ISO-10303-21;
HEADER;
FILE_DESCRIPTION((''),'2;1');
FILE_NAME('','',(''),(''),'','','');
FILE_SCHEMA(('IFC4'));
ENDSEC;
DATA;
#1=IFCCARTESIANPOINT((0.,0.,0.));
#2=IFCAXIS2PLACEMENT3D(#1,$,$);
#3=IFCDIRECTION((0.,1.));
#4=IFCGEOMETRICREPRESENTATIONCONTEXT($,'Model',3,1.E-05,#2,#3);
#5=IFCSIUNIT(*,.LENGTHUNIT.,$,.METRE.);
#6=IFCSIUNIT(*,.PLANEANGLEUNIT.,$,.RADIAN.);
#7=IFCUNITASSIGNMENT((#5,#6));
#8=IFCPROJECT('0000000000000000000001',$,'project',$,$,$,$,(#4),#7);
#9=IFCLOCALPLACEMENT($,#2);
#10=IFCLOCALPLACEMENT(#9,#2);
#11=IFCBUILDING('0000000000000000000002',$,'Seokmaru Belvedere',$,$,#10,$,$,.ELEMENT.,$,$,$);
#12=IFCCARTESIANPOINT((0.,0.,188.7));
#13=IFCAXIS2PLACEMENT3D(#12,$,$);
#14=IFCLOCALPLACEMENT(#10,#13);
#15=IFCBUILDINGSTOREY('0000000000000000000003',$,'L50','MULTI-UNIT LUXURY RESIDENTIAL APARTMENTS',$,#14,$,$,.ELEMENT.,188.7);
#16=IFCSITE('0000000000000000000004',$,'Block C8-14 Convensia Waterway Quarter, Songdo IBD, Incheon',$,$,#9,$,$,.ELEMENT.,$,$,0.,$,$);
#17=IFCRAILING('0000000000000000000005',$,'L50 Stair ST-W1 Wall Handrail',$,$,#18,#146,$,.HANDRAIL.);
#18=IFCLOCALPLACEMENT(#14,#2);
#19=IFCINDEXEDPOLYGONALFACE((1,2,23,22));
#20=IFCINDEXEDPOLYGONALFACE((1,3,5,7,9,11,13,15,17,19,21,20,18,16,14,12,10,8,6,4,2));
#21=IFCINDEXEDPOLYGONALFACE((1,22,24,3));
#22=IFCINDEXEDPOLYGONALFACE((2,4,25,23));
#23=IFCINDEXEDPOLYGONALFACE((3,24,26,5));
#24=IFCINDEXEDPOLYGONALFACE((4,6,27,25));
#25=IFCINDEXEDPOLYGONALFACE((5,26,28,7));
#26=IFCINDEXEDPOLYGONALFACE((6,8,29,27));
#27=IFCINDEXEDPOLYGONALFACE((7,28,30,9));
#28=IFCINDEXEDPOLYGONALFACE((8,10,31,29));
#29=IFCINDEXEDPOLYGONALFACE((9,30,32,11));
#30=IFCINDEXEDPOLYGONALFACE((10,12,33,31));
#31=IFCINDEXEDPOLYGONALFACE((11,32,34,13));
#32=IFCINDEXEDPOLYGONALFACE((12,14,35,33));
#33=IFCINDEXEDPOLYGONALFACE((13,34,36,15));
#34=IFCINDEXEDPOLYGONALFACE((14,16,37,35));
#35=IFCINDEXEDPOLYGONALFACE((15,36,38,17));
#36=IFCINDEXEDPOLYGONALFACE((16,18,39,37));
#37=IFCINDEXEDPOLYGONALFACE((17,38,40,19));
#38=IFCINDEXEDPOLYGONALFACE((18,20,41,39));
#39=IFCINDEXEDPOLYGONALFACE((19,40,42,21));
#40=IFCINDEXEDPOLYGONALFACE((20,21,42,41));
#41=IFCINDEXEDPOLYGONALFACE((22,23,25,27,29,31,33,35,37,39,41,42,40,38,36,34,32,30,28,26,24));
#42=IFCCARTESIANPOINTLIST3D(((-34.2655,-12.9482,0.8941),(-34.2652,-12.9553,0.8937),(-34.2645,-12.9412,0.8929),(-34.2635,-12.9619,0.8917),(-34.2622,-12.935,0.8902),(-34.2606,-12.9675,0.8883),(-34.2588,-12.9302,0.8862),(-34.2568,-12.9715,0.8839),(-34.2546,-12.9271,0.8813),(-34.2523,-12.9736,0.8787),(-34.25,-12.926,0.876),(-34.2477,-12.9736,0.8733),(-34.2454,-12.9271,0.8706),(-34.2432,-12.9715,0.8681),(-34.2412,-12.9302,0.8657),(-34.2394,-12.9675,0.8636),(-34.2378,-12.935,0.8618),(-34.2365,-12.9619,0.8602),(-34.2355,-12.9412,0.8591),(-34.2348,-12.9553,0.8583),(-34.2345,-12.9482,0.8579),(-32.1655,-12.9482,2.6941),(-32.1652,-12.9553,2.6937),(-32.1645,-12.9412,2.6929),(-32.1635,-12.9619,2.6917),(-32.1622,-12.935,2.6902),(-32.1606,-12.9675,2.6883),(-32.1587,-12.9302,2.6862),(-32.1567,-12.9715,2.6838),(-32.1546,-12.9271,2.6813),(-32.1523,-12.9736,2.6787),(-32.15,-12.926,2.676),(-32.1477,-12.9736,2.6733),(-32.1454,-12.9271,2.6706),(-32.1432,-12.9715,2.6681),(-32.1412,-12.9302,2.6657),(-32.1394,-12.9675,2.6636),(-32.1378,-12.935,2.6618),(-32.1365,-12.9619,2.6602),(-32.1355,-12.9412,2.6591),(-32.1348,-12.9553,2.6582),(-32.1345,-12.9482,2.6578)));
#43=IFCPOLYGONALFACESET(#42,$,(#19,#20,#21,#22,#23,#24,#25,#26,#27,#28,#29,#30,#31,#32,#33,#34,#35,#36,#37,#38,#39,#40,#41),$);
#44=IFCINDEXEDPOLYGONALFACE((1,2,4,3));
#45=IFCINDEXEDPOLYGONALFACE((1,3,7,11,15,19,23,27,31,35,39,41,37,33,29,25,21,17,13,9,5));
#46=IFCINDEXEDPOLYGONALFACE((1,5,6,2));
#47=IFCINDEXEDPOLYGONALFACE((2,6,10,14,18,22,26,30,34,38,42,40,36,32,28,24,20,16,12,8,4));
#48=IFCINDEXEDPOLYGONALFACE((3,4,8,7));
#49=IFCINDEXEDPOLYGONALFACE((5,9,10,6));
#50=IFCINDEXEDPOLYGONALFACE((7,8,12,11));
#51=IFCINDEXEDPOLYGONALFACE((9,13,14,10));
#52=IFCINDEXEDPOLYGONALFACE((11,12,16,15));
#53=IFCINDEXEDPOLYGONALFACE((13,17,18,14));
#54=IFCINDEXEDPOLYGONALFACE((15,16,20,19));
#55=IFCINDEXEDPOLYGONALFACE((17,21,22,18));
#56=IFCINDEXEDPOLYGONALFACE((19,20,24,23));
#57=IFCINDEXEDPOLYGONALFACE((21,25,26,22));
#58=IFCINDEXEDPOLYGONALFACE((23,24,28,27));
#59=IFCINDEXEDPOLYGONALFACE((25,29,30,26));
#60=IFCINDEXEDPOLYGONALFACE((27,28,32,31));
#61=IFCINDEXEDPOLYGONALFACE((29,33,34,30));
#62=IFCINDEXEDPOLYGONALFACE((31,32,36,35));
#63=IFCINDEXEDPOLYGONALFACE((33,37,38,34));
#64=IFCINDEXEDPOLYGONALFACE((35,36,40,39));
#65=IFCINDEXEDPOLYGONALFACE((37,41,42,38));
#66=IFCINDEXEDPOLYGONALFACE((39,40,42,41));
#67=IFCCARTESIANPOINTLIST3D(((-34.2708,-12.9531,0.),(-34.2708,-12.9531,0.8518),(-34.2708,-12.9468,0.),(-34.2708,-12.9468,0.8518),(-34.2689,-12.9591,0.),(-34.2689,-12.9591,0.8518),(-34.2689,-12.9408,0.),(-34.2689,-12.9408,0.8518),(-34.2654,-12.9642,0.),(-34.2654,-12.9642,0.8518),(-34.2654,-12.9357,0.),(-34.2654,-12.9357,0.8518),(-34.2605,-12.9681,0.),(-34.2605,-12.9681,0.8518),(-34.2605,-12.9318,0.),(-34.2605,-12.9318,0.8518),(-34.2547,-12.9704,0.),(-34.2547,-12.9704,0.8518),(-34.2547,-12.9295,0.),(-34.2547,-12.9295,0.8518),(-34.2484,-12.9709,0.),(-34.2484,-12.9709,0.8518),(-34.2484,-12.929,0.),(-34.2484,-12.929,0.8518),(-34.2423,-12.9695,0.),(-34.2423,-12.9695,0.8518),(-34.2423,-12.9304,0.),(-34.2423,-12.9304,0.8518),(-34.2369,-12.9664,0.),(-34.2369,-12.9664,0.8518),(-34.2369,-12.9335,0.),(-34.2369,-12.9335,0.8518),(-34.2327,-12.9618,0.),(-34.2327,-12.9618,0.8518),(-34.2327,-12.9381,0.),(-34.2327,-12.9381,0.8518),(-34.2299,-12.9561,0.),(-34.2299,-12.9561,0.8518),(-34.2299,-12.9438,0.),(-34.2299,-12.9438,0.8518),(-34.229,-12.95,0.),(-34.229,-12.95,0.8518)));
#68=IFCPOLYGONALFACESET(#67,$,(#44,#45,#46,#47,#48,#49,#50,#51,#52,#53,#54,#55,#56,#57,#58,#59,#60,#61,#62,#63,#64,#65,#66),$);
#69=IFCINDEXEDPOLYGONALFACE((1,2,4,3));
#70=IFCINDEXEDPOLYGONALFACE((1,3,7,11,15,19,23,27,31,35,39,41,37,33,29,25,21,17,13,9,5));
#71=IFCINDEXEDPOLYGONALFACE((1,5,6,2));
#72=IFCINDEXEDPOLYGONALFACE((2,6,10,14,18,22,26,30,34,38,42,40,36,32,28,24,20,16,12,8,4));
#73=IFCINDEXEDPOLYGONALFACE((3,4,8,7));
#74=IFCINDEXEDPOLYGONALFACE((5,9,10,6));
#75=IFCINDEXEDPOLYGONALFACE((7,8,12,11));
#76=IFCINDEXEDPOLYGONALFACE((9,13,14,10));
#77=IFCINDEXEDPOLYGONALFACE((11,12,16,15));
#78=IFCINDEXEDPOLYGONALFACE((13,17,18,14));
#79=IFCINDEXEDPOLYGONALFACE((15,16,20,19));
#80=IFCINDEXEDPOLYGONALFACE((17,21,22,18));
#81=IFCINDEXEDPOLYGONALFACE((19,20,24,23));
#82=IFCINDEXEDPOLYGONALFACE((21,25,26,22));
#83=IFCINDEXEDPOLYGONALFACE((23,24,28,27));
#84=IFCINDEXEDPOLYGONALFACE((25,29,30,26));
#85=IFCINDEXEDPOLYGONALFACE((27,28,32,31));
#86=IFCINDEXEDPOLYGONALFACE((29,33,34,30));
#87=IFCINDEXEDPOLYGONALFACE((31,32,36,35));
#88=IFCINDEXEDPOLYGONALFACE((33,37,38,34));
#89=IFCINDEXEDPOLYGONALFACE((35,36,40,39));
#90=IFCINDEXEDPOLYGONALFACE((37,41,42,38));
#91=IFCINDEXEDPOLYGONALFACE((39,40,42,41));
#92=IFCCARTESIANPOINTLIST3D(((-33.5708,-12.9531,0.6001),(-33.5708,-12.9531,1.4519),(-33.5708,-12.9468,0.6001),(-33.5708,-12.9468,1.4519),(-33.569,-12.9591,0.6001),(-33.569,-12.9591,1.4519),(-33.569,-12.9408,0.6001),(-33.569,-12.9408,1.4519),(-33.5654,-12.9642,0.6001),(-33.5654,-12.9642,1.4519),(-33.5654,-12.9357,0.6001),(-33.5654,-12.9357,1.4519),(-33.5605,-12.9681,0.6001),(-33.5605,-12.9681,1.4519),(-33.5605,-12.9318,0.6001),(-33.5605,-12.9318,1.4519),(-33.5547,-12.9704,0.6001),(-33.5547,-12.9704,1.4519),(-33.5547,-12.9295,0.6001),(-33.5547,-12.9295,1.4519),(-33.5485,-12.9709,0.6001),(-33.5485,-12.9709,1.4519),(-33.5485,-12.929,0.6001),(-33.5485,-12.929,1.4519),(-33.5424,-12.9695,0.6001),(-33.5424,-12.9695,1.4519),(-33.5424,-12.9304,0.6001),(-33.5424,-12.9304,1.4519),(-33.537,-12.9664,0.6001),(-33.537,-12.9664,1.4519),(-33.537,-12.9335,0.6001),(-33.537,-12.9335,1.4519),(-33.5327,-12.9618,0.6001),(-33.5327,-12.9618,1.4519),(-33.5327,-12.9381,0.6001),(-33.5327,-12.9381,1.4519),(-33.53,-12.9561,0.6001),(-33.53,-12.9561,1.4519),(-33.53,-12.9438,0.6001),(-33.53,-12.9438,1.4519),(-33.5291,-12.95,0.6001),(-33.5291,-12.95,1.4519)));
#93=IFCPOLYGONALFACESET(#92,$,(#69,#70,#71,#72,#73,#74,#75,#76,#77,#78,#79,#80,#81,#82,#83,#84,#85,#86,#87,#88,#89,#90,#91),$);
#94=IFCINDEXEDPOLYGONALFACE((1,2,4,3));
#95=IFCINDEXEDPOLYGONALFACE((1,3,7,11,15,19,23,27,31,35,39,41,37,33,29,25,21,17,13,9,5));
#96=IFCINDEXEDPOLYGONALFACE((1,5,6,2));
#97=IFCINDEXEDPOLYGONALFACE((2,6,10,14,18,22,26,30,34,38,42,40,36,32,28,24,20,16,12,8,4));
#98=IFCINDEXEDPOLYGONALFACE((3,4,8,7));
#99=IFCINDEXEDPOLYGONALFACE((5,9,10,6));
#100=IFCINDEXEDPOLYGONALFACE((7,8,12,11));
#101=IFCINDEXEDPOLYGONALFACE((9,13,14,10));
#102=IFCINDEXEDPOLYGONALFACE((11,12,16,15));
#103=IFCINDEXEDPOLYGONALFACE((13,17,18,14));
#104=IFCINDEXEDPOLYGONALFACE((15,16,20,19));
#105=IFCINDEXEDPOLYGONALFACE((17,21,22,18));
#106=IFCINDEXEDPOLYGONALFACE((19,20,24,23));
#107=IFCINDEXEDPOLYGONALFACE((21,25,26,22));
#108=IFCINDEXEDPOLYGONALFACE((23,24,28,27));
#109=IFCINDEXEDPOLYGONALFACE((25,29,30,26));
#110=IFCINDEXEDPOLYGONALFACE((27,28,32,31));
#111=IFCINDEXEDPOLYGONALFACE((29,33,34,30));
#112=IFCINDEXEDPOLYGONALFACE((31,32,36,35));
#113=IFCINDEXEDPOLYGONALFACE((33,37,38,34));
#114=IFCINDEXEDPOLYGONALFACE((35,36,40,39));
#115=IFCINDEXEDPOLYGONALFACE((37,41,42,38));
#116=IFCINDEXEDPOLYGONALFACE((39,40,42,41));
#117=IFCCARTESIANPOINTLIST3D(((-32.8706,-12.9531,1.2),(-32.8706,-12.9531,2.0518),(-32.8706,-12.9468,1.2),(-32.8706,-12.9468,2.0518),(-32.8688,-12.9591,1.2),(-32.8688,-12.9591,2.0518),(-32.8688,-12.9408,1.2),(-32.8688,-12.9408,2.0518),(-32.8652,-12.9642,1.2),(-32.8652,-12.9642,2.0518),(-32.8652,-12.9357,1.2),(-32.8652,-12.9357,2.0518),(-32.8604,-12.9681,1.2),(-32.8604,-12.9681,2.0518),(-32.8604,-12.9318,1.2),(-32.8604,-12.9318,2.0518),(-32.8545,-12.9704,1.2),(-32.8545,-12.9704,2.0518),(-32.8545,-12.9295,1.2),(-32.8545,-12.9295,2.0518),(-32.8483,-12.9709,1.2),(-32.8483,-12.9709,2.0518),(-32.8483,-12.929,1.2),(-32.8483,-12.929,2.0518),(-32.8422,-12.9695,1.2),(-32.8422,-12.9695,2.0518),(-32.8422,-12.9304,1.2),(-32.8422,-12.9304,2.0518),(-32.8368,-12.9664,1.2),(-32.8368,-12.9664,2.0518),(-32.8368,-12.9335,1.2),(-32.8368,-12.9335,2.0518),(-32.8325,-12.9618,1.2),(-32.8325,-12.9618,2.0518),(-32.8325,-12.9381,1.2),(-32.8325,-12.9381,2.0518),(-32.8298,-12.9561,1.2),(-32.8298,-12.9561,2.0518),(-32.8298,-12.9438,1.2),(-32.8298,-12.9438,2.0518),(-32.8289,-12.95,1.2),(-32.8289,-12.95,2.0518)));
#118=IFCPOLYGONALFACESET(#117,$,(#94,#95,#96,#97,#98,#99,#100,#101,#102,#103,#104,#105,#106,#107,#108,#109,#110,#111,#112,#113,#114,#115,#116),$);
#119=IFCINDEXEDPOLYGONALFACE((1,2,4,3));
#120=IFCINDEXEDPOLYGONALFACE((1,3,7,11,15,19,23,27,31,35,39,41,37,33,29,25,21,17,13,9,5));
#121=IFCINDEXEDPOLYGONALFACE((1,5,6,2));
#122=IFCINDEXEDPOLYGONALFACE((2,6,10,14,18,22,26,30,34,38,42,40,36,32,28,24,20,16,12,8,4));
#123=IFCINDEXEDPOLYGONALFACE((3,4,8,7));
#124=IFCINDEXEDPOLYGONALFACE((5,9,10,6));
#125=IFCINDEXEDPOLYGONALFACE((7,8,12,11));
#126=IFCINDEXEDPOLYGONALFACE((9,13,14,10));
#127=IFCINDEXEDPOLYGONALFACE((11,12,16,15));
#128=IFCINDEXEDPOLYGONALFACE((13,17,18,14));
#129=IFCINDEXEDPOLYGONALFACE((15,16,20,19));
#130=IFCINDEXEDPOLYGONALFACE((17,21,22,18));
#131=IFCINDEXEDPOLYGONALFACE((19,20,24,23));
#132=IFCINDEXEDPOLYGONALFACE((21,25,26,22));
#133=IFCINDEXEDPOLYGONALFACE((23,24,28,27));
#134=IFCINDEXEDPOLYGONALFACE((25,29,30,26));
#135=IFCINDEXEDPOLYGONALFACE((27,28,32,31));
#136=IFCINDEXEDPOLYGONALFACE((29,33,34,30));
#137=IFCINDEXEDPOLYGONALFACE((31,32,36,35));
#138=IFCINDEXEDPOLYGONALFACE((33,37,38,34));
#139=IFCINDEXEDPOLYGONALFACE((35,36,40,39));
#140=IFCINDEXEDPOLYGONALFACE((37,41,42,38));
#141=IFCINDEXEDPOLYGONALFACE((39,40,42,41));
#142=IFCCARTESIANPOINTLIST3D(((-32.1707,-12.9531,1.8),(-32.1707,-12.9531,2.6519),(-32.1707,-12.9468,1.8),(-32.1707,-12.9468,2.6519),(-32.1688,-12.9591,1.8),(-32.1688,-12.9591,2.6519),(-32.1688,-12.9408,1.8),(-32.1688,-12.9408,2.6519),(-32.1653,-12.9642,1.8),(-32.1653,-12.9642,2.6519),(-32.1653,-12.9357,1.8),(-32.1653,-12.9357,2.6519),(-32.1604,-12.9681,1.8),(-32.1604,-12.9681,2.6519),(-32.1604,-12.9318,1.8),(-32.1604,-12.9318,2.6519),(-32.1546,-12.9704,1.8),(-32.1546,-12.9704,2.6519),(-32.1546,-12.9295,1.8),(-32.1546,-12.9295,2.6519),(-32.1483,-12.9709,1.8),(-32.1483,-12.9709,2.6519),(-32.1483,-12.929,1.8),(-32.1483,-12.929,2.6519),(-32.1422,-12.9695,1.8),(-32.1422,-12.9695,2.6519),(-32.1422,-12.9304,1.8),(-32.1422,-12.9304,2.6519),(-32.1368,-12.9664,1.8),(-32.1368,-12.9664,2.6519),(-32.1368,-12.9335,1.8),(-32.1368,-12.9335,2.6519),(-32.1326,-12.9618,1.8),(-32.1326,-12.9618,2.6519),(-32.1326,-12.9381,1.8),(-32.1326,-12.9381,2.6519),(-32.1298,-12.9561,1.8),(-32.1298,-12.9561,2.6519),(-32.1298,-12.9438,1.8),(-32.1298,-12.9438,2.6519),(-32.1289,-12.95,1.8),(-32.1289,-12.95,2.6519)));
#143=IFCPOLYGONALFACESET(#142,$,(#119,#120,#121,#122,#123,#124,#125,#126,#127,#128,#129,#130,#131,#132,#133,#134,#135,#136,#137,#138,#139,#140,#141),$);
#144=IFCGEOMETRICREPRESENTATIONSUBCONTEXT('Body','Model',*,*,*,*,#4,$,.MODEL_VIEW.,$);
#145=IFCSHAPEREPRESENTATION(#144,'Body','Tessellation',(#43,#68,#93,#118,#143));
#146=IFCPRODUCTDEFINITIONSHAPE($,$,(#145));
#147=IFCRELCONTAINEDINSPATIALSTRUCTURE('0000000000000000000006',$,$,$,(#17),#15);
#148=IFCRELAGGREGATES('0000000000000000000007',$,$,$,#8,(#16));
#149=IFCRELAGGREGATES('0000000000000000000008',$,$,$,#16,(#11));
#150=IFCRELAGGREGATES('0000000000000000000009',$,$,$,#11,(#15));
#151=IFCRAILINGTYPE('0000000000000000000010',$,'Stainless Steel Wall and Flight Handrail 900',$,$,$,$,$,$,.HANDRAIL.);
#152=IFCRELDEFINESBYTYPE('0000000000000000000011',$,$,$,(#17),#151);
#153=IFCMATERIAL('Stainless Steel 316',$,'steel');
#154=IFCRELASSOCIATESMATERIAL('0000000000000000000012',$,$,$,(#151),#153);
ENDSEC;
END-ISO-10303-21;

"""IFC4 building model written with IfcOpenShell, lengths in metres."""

from ifc_helpers import new_model, si_unit, direction, frame, origin, origin_2d, place, context, subcontext, project, spatial, circle, extrude, material, type_object, element, save


model = new_model("IFC4")

# Units and contexts
model_context = context("Model", 3, precision=1e-05, world=origin(), true_north=direction((0.0, 1.0)))
body_context = subcontext(model_context, "Body", "Model", "MODEL_VIEW")
ifc_project = project(units=[si_unit("LENGTHUNIT", "METRE"), si_unit("PLANEANGLEUNIT", "RADIAN")], contexts=[model_context])

# Site, building, storey
site_placement = place(None, origin())
site = spatial("IfcSite", under=ifc_project, at=site_placement, Name="Block C8-14 Convensia Waterway Quarter, Songdo IBD, Incheon", CompositionType="ELEMENT", RefElevation=0.0)
building_placement = place(site_placement, origin())
building = spatial("IfcBuilding", under=site, at=building_placement, Name="Seokmaru Belvedere", CompositionType="ELEMENT")
storey_placement = place(building_placement, frame((0.0, 0.0, 188.7)))
storey = spatial("IfcBuildingStorey", under=building, at=storey_placement, Name="L50", Description="MULTI-UNIT LUXURY RESIDENTIAL APARTMENTS", CompositionType="ELEMENT", Elevation=188.7)

# Railing
ifc_material_1 = material(Name="Stainless Steel 316", Category="steel")
railing_type_1 = type_object("IfcRailingType", Name="Stainless Steel Wall and Flight Handrail 900", PredefinedType="HANDRAIL", material=ifc_material_1)
railing_1_placement = place(storey_placement, frame((-34.25, -12.95, 0.0)))
element("IfcRailing", 1, at=railing_1_placement, inside=storey, type_object=railing_type_1, Name="L50 Stair ST-W1 Wall Handrail", PredefinedType="HANDRAIL", context=body_context, shape_type="SweptSolid", body=[
    extrude(circle(Radius=0.0239, at=origin_2d()), frame((0.0, 0.0, 0.876), z_axis=(0.759263, 0.0, 0.650784), x_axis=(0.0, 1.0, 0.0)), (0.0, 0.0, 1.0), 2.7659),
    extrude(circle(Radius=0.021, at=origin_2d()), origin(), (0.0, 0.0, 1.0), 0.8518),
    extrude(circle(Radius=0.021, at=origin_2d()), frame((0.7, 0.0, 0.6001)), (0.0, 0.0, 1.0), 0.8518),
    extrude(circle(Radius=0.021, at=origin_2d()), frame((1.4001, 0.0, 1.2)), (0.0, 0.0, 1.0), 0.8518),
    extrude(circle(Radius=0.021, at=origin_2d()), frame((2.1001, 0.0, 1.8)), (0.0, 0.0, 1.0), 0.8518),
])

save(model, "model.ifc")
